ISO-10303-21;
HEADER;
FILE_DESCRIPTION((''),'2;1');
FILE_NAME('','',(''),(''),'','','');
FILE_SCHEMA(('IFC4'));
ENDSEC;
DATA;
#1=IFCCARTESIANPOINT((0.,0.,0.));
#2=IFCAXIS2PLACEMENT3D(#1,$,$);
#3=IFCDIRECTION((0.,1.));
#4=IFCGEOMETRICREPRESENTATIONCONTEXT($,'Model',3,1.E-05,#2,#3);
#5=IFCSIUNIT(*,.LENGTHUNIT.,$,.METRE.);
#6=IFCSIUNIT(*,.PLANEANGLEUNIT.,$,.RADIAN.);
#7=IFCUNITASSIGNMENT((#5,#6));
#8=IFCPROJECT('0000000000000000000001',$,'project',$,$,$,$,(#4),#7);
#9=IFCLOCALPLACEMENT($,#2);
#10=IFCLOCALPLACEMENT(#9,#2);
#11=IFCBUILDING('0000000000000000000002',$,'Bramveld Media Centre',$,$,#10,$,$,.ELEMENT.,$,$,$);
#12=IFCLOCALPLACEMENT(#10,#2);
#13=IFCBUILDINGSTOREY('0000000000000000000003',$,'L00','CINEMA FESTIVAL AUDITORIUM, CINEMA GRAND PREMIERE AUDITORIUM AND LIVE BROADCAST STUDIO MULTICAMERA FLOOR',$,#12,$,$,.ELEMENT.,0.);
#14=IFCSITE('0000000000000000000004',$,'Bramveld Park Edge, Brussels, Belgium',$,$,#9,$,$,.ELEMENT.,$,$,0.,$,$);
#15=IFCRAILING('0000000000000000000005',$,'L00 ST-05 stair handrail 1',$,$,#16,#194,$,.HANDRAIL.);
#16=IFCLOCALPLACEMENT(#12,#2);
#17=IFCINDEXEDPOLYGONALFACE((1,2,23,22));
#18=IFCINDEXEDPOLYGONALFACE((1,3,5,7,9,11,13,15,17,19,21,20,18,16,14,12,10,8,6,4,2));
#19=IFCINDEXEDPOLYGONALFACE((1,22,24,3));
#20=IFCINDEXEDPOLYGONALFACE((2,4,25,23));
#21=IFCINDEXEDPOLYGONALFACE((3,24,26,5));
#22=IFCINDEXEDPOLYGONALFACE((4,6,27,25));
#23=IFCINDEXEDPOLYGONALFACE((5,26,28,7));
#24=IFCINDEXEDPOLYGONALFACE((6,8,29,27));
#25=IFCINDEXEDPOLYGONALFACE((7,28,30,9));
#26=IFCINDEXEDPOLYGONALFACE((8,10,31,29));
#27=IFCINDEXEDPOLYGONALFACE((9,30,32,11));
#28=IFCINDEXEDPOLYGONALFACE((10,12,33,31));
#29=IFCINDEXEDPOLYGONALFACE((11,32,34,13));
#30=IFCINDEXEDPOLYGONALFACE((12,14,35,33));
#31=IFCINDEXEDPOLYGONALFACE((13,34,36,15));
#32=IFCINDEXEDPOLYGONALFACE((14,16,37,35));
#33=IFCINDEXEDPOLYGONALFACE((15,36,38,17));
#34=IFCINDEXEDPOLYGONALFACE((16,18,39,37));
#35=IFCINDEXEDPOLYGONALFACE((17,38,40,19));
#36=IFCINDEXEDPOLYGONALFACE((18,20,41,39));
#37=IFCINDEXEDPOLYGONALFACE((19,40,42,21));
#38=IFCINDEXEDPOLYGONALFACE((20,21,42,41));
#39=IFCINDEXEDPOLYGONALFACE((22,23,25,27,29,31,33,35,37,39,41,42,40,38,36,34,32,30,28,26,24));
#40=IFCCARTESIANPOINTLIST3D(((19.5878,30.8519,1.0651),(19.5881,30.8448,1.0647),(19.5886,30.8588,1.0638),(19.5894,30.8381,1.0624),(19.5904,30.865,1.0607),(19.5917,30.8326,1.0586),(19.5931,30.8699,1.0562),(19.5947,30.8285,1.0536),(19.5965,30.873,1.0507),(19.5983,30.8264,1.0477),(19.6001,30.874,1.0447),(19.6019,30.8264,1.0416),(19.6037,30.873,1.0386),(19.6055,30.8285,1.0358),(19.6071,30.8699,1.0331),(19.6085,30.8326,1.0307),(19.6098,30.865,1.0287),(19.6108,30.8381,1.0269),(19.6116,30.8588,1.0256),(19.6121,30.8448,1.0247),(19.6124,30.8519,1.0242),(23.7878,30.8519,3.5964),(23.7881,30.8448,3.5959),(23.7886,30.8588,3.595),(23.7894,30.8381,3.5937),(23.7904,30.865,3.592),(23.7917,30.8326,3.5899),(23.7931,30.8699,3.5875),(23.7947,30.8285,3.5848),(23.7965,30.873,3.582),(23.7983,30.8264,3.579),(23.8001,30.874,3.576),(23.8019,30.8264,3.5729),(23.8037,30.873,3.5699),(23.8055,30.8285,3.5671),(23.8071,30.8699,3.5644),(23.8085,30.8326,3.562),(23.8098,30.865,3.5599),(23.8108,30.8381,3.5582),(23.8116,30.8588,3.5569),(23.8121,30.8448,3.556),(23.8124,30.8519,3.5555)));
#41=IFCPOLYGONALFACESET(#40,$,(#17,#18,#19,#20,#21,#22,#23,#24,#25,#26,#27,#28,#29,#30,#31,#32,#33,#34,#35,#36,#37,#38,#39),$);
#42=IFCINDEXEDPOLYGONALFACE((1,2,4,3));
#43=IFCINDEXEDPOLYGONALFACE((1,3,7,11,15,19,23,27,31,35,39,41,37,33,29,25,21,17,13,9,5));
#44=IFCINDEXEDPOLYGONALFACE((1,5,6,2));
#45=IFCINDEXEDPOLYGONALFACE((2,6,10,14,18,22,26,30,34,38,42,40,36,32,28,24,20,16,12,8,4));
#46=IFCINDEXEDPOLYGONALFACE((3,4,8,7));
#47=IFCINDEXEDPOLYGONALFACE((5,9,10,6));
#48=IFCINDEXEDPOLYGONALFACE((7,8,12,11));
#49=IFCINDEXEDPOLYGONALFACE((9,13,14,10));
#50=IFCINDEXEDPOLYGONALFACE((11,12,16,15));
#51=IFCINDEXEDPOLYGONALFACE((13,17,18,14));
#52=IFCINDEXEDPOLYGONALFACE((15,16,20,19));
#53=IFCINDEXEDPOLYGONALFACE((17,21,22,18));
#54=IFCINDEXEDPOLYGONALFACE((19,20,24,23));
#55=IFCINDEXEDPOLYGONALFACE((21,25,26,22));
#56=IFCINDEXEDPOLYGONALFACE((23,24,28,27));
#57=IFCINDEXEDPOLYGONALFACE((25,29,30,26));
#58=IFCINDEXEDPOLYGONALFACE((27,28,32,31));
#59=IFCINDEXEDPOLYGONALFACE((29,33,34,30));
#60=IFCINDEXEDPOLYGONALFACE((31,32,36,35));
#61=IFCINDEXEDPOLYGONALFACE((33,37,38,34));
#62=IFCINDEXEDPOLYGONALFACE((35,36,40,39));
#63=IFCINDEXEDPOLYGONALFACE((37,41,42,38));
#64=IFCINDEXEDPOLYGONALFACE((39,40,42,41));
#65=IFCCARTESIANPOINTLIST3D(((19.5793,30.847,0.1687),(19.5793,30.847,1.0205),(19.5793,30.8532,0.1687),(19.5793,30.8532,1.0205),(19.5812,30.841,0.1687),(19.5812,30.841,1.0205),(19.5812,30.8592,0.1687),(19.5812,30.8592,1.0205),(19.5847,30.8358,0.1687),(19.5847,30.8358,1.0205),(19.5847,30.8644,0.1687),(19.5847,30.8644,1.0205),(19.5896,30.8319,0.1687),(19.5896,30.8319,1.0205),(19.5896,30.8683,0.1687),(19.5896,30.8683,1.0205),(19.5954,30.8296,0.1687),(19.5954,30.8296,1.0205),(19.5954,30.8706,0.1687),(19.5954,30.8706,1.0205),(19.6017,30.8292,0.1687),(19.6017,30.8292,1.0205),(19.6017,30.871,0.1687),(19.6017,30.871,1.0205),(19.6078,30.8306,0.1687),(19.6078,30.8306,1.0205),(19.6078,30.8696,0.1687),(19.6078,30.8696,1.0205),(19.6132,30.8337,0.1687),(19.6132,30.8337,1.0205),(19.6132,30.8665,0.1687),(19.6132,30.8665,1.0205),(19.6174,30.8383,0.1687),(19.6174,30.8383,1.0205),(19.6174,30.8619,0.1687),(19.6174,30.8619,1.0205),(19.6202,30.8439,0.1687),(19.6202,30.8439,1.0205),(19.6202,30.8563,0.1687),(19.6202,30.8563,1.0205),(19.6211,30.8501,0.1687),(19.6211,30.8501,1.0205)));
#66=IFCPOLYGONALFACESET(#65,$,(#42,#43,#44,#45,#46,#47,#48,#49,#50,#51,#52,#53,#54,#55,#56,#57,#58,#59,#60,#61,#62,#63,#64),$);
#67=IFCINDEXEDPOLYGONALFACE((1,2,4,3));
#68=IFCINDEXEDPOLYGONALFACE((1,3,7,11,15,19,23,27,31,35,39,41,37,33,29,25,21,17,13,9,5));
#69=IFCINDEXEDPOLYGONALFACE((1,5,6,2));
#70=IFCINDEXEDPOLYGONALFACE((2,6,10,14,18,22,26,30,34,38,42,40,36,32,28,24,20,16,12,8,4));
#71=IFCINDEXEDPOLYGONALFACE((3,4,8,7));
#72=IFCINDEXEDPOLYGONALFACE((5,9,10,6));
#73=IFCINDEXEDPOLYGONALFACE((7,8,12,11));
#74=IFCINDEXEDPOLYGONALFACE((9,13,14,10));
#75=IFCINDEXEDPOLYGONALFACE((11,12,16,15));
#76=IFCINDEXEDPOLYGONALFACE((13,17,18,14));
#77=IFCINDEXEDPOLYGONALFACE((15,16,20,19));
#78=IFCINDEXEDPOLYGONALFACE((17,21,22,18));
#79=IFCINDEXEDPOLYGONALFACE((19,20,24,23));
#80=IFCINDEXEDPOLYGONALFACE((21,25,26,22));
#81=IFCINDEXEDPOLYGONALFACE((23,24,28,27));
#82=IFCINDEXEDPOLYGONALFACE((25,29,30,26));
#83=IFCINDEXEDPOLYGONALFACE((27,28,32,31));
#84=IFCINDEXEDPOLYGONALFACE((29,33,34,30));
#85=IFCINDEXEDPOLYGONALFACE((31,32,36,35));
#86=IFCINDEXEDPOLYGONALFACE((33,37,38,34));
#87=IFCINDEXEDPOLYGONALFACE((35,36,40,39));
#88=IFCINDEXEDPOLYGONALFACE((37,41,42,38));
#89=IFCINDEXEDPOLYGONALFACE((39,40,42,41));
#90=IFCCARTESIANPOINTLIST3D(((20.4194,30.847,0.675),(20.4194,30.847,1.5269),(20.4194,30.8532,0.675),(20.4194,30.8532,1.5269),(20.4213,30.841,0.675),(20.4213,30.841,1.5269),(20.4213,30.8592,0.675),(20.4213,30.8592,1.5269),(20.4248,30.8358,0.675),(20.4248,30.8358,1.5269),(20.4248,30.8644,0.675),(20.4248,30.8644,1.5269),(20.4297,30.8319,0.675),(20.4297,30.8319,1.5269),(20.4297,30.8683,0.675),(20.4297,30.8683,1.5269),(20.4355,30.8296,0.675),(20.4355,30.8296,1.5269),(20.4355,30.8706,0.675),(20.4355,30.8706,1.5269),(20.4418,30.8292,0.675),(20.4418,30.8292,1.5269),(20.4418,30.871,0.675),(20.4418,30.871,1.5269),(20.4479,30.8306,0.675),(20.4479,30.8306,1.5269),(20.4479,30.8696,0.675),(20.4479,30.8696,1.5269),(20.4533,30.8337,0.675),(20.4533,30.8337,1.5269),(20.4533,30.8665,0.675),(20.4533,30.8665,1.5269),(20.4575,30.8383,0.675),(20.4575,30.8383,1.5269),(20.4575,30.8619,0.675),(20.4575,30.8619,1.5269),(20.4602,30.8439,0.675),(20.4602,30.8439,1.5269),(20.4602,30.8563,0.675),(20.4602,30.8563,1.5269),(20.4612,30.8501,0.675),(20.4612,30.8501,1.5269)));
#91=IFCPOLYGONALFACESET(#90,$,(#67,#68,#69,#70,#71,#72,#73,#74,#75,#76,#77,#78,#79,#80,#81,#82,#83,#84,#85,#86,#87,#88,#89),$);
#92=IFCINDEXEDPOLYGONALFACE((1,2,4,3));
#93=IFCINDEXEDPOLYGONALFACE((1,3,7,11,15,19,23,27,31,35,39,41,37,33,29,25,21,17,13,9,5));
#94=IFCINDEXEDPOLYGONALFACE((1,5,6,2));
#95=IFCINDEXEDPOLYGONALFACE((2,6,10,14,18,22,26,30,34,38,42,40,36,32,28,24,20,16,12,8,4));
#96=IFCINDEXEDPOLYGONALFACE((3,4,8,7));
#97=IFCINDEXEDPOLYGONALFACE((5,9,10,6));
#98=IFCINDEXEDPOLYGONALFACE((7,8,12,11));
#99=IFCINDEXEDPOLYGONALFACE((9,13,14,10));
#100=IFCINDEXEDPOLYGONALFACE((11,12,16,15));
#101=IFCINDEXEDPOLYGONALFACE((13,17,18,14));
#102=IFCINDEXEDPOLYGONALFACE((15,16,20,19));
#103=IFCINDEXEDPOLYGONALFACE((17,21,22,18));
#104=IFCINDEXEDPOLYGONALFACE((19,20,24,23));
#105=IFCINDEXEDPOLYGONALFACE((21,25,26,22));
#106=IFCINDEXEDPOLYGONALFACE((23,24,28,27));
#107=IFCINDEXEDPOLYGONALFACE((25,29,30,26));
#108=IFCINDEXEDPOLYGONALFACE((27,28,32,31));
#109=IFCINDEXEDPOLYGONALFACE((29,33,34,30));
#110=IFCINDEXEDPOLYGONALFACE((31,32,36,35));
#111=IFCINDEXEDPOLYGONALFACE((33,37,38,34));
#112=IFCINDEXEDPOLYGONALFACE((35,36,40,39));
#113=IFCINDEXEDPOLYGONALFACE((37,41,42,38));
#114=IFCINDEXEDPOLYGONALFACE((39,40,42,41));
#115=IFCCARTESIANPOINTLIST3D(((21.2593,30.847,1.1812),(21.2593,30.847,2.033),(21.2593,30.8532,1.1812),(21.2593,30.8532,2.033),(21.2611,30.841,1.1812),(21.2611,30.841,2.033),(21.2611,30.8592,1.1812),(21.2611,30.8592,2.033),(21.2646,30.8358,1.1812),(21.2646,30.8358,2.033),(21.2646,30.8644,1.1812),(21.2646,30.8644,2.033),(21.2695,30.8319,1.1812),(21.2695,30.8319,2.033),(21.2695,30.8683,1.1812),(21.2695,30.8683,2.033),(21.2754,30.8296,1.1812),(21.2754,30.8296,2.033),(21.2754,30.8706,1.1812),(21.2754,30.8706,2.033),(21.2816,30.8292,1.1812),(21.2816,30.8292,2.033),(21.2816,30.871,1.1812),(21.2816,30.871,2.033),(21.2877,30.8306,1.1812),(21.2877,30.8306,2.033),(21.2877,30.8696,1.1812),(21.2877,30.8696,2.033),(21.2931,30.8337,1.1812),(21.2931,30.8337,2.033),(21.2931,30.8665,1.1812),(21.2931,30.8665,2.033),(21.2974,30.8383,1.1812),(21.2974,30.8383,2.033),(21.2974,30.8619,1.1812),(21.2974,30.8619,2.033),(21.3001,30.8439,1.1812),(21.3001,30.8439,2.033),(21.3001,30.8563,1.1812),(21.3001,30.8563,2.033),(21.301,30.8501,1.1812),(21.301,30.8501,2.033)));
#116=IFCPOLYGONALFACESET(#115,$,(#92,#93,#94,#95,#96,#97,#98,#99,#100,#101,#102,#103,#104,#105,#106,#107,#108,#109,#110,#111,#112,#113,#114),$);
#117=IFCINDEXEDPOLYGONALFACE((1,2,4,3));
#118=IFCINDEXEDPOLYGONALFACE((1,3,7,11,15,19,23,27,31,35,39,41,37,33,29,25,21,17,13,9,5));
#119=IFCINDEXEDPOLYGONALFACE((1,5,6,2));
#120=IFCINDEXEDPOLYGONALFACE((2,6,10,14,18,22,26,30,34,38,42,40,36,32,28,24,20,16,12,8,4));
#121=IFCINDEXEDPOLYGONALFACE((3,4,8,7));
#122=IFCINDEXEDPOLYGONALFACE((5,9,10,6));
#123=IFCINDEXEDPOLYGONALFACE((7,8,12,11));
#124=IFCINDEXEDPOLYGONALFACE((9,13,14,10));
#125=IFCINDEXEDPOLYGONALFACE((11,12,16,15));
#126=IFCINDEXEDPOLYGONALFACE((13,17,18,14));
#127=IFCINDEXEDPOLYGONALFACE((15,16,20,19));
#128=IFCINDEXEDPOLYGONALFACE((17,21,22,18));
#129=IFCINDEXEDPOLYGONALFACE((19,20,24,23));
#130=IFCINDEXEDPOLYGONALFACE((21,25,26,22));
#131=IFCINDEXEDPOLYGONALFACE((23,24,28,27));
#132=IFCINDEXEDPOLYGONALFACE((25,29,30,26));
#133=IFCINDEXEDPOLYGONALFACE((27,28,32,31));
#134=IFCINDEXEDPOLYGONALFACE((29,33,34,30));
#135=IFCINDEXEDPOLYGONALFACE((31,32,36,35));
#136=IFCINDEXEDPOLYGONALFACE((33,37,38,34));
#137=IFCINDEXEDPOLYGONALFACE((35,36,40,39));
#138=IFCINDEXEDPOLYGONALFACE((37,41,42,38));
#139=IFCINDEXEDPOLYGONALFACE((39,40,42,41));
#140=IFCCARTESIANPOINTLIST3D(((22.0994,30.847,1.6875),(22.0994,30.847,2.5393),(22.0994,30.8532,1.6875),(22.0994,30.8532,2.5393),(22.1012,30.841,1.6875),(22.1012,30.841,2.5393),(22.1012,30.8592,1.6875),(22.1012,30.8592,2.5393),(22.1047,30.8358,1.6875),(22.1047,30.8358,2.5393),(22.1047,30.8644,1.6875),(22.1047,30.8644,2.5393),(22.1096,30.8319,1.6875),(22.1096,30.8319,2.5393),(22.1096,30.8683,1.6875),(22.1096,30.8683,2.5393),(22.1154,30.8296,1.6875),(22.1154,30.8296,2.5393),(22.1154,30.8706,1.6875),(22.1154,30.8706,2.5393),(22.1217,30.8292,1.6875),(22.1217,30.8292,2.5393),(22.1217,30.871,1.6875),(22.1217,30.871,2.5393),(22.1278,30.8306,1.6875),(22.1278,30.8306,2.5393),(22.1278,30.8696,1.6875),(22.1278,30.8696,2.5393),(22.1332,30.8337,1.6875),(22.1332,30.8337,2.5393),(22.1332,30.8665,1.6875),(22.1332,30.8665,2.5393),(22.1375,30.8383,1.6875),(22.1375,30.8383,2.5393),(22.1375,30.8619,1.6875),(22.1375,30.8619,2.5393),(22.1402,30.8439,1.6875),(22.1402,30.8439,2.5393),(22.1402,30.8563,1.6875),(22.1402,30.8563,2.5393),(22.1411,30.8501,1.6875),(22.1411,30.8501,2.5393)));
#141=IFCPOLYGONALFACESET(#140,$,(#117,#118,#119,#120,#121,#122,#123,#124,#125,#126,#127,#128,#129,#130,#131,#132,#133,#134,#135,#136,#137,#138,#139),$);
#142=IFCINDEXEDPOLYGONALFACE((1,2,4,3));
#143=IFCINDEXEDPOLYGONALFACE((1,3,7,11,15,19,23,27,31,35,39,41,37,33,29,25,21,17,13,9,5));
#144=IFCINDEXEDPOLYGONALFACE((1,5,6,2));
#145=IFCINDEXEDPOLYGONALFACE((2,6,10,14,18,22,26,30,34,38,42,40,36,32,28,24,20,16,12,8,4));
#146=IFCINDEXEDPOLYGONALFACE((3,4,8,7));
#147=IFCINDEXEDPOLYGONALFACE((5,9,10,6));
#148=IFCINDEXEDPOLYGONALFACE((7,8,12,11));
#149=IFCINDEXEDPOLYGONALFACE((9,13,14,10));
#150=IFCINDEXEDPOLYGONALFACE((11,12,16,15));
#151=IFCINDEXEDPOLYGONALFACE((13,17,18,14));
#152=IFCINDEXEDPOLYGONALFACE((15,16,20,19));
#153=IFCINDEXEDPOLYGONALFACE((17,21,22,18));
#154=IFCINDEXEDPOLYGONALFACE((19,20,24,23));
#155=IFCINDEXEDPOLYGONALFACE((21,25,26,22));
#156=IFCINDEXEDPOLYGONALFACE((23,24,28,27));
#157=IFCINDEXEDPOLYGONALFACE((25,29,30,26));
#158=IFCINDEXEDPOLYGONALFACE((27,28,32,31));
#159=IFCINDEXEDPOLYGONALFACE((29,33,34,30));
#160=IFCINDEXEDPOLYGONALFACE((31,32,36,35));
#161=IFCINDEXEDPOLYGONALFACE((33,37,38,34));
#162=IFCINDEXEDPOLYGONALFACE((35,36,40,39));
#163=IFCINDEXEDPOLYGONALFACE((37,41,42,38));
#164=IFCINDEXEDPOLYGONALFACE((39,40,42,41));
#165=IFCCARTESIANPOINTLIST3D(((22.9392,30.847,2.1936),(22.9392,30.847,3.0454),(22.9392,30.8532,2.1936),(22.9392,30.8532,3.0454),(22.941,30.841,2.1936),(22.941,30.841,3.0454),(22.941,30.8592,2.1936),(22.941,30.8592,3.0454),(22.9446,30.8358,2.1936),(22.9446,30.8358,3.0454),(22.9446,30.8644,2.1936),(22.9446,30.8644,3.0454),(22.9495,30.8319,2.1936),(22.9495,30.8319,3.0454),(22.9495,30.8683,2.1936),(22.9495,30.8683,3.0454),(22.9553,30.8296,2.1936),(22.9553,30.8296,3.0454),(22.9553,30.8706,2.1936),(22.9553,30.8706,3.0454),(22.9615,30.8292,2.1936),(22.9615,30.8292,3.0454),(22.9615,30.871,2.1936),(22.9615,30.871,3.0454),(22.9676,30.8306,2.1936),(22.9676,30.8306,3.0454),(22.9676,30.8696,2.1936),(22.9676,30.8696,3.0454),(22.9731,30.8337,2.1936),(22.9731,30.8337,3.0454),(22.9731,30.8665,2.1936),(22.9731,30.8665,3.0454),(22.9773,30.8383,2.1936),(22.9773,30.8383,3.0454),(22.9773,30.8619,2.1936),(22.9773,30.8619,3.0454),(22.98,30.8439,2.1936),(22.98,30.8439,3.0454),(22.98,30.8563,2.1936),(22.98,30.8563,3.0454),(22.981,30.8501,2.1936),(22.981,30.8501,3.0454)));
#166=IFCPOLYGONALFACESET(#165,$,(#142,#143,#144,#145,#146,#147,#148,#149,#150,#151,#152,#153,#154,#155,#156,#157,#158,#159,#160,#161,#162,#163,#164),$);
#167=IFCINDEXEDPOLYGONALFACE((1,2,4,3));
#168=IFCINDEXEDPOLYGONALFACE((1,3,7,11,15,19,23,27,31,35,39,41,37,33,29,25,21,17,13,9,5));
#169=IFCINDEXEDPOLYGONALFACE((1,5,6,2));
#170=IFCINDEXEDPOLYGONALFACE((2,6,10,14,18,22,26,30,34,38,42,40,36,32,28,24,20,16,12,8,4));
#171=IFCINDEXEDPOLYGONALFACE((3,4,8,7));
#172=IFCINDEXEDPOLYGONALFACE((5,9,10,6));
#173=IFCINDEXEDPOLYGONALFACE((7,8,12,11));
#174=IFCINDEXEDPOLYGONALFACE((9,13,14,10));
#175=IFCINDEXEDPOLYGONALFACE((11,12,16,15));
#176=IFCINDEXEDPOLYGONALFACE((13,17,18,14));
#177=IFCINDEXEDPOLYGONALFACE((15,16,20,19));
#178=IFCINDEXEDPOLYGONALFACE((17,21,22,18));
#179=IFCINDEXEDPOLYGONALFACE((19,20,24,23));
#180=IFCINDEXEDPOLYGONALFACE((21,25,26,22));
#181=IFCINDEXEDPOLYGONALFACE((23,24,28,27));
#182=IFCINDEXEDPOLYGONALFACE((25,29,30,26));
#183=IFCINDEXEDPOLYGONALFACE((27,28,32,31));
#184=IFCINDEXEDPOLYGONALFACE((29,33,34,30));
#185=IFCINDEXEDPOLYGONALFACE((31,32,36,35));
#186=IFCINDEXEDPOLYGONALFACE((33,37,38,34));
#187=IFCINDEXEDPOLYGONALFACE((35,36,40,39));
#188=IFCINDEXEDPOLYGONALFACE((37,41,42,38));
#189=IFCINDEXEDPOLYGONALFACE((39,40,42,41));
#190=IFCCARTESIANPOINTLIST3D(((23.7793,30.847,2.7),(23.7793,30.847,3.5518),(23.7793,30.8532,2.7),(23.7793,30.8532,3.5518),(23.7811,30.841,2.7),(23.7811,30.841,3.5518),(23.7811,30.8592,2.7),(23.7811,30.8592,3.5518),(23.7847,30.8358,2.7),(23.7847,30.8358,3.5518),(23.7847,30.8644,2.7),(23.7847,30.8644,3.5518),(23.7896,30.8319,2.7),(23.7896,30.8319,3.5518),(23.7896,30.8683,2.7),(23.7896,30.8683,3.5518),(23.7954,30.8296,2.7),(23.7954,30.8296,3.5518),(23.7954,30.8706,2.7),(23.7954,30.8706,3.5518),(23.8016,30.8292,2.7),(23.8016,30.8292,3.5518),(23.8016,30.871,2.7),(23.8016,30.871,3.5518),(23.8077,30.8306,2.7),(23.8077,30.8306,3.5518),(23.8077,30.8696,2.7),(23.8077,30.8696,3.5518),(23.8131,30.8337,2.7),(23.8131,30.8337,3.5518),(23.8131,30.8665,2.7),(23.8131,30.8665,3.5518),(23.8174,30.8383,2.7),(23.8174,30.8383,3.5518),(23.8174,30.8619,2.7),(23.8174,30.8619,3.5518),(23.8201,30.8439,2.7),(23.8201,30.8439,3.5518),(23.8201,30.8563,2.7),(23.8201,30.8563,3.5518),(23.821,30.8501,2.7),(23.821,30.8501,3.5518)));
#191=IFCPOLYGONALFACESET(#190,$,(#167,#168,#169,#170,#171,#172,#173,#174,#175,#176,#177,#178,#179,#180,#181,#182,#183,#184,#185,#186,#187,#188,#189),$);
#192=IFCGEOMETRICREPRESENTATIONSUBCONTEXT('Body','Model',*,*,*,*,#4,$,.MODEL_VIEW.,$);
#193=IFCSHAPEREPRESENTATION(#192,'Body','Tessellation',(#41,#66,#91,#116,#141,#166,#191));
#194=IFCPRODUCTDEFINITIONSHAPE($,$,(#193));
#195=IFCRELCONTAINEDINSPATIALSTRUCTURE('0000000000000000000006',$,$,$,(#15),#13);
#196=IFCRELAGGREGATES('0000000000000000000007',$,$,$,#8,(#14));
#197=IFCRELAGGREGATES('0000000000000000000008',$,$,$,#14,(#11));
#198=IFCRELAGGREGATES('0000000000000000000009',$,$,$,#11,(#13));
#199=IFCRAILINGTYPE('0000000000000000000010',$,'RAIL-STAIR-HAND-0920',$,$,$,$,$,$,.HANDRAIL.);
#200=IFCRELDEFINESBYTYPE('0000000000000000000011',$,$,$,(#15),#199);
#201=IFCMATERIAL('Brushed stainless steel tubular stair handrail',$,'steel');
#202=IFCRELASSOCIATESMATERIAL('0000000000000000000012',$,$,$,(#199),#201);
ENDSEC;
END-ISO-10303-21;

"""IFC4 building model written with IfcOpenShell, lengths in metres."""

from ifc_helpers import new_model, si_unit, direction, frame, origin, origin_2d, place, context, subcontext, project, spatial, circle, extrude, material, type_object, element, save


model = new_model("IFC4")

# Units and contexts
model_context = context("Model", 3, precision=1e-05, world=origin(), true_north=direction((0.0, 1.0)))
body_context = subcontext(model_context, "Body", "Model", "MODEL_VIEW")
ifc_project = project(units=[si_unit("LENGTHUNIT", "METRE"), si_unit("PLANEANGLEUNIT", "RADIAN")], contexts=[model_context])

# Site, building, storey
site_placement = place(None, origin())
site = spatial("IfcSite", under=ifc_project, at=site_placement, Name="Bramveld Park Edge, Brussels, Belgium", CompositionType="ELEMENT", RefElevation=0.0)
building_placement = place(site_placement, origin())
building = spatial("IfcBuilding", under=site, at=building_placement, Name="Bramveld Media Centre", CompositionType="ELEMENT")
storey_placement = place(building_placement, origin())
storey = spatial("IfcBuildingStorey", under=building, at=storey_placement, Name="L00", Description="CINEMA FESTIVAL AUDITORIUM, CINEMA GRAND PREMIERE AUDITORIUM AND LIVE BROADCAST STUDIO MULTICAMERA FLOOR", CompositionType="ELEMENT", Elevation=0.0)

# Railing
ifc_material_1 = material(Name="Brushed stainless steel tubular stair handrail", Category="steel")
railing_type_1 = type_object("IfcRailingType", Name="RAIL-STAIR-HAND-0920", PredefinedType="HANDRAIL", material=ifc_material_1)
railing_1_placement = place(storey_placement, frame((19.6001, 30.8501, 0.1687)))
element("IfcRailing", 1, at=railing_1_placement, inside=storey, type_object=railing_type_1, Name="L00 ST-05 stair handrail 1", PredefinedType="HANDRAIL", context=body_context, shape_type="SweptSolid", body=[
    extrude(circle(Radius=0.0239, at=origin_2d()), frame((0.0, 0.0, 0.876), z_axis=(0.856476, 0.0, 0.516186), x_axis=(0.0, 1.0, 0.0)), (0.0, 0.0, 1.0), 4.9038),
    extrude(circle(Radius=0.021, at=origin_2d()), origin(), (0.0, 0.0, 1.0), 0.8518),
    extrude(circle(Radius=0.021, at=origin_2d()), frame((0.8401, 0.0, 0.5063)), (0.0, 0.0, 1.0), 0.8518),
    extrude(circle(Radius=0.021, at=origin_2d()), frame((1.6799, 0.0, 1.0125)), (0.0, 0.0, 1.0), 0.8518),
    extrude(circle(Radius=0.021, at=origin_2d()), frame((2.52, 0.0, 1.5188)), (0.0, 0.0, 1.0), 0.8518),
    extrude(circle(Radius=0.021, at=origin_2d()), frame((3.3599, 0.0, 2.0249)), (0.0, 0.0, 1.0), 0.8518),
    extrude(circle(Radius=0.021, at=origin_2d()), frame((4.2, 0.0, 2.5312)), (0.0, 0.0, 1.0), 0.8518),
])

save(model, "model.ifc")
